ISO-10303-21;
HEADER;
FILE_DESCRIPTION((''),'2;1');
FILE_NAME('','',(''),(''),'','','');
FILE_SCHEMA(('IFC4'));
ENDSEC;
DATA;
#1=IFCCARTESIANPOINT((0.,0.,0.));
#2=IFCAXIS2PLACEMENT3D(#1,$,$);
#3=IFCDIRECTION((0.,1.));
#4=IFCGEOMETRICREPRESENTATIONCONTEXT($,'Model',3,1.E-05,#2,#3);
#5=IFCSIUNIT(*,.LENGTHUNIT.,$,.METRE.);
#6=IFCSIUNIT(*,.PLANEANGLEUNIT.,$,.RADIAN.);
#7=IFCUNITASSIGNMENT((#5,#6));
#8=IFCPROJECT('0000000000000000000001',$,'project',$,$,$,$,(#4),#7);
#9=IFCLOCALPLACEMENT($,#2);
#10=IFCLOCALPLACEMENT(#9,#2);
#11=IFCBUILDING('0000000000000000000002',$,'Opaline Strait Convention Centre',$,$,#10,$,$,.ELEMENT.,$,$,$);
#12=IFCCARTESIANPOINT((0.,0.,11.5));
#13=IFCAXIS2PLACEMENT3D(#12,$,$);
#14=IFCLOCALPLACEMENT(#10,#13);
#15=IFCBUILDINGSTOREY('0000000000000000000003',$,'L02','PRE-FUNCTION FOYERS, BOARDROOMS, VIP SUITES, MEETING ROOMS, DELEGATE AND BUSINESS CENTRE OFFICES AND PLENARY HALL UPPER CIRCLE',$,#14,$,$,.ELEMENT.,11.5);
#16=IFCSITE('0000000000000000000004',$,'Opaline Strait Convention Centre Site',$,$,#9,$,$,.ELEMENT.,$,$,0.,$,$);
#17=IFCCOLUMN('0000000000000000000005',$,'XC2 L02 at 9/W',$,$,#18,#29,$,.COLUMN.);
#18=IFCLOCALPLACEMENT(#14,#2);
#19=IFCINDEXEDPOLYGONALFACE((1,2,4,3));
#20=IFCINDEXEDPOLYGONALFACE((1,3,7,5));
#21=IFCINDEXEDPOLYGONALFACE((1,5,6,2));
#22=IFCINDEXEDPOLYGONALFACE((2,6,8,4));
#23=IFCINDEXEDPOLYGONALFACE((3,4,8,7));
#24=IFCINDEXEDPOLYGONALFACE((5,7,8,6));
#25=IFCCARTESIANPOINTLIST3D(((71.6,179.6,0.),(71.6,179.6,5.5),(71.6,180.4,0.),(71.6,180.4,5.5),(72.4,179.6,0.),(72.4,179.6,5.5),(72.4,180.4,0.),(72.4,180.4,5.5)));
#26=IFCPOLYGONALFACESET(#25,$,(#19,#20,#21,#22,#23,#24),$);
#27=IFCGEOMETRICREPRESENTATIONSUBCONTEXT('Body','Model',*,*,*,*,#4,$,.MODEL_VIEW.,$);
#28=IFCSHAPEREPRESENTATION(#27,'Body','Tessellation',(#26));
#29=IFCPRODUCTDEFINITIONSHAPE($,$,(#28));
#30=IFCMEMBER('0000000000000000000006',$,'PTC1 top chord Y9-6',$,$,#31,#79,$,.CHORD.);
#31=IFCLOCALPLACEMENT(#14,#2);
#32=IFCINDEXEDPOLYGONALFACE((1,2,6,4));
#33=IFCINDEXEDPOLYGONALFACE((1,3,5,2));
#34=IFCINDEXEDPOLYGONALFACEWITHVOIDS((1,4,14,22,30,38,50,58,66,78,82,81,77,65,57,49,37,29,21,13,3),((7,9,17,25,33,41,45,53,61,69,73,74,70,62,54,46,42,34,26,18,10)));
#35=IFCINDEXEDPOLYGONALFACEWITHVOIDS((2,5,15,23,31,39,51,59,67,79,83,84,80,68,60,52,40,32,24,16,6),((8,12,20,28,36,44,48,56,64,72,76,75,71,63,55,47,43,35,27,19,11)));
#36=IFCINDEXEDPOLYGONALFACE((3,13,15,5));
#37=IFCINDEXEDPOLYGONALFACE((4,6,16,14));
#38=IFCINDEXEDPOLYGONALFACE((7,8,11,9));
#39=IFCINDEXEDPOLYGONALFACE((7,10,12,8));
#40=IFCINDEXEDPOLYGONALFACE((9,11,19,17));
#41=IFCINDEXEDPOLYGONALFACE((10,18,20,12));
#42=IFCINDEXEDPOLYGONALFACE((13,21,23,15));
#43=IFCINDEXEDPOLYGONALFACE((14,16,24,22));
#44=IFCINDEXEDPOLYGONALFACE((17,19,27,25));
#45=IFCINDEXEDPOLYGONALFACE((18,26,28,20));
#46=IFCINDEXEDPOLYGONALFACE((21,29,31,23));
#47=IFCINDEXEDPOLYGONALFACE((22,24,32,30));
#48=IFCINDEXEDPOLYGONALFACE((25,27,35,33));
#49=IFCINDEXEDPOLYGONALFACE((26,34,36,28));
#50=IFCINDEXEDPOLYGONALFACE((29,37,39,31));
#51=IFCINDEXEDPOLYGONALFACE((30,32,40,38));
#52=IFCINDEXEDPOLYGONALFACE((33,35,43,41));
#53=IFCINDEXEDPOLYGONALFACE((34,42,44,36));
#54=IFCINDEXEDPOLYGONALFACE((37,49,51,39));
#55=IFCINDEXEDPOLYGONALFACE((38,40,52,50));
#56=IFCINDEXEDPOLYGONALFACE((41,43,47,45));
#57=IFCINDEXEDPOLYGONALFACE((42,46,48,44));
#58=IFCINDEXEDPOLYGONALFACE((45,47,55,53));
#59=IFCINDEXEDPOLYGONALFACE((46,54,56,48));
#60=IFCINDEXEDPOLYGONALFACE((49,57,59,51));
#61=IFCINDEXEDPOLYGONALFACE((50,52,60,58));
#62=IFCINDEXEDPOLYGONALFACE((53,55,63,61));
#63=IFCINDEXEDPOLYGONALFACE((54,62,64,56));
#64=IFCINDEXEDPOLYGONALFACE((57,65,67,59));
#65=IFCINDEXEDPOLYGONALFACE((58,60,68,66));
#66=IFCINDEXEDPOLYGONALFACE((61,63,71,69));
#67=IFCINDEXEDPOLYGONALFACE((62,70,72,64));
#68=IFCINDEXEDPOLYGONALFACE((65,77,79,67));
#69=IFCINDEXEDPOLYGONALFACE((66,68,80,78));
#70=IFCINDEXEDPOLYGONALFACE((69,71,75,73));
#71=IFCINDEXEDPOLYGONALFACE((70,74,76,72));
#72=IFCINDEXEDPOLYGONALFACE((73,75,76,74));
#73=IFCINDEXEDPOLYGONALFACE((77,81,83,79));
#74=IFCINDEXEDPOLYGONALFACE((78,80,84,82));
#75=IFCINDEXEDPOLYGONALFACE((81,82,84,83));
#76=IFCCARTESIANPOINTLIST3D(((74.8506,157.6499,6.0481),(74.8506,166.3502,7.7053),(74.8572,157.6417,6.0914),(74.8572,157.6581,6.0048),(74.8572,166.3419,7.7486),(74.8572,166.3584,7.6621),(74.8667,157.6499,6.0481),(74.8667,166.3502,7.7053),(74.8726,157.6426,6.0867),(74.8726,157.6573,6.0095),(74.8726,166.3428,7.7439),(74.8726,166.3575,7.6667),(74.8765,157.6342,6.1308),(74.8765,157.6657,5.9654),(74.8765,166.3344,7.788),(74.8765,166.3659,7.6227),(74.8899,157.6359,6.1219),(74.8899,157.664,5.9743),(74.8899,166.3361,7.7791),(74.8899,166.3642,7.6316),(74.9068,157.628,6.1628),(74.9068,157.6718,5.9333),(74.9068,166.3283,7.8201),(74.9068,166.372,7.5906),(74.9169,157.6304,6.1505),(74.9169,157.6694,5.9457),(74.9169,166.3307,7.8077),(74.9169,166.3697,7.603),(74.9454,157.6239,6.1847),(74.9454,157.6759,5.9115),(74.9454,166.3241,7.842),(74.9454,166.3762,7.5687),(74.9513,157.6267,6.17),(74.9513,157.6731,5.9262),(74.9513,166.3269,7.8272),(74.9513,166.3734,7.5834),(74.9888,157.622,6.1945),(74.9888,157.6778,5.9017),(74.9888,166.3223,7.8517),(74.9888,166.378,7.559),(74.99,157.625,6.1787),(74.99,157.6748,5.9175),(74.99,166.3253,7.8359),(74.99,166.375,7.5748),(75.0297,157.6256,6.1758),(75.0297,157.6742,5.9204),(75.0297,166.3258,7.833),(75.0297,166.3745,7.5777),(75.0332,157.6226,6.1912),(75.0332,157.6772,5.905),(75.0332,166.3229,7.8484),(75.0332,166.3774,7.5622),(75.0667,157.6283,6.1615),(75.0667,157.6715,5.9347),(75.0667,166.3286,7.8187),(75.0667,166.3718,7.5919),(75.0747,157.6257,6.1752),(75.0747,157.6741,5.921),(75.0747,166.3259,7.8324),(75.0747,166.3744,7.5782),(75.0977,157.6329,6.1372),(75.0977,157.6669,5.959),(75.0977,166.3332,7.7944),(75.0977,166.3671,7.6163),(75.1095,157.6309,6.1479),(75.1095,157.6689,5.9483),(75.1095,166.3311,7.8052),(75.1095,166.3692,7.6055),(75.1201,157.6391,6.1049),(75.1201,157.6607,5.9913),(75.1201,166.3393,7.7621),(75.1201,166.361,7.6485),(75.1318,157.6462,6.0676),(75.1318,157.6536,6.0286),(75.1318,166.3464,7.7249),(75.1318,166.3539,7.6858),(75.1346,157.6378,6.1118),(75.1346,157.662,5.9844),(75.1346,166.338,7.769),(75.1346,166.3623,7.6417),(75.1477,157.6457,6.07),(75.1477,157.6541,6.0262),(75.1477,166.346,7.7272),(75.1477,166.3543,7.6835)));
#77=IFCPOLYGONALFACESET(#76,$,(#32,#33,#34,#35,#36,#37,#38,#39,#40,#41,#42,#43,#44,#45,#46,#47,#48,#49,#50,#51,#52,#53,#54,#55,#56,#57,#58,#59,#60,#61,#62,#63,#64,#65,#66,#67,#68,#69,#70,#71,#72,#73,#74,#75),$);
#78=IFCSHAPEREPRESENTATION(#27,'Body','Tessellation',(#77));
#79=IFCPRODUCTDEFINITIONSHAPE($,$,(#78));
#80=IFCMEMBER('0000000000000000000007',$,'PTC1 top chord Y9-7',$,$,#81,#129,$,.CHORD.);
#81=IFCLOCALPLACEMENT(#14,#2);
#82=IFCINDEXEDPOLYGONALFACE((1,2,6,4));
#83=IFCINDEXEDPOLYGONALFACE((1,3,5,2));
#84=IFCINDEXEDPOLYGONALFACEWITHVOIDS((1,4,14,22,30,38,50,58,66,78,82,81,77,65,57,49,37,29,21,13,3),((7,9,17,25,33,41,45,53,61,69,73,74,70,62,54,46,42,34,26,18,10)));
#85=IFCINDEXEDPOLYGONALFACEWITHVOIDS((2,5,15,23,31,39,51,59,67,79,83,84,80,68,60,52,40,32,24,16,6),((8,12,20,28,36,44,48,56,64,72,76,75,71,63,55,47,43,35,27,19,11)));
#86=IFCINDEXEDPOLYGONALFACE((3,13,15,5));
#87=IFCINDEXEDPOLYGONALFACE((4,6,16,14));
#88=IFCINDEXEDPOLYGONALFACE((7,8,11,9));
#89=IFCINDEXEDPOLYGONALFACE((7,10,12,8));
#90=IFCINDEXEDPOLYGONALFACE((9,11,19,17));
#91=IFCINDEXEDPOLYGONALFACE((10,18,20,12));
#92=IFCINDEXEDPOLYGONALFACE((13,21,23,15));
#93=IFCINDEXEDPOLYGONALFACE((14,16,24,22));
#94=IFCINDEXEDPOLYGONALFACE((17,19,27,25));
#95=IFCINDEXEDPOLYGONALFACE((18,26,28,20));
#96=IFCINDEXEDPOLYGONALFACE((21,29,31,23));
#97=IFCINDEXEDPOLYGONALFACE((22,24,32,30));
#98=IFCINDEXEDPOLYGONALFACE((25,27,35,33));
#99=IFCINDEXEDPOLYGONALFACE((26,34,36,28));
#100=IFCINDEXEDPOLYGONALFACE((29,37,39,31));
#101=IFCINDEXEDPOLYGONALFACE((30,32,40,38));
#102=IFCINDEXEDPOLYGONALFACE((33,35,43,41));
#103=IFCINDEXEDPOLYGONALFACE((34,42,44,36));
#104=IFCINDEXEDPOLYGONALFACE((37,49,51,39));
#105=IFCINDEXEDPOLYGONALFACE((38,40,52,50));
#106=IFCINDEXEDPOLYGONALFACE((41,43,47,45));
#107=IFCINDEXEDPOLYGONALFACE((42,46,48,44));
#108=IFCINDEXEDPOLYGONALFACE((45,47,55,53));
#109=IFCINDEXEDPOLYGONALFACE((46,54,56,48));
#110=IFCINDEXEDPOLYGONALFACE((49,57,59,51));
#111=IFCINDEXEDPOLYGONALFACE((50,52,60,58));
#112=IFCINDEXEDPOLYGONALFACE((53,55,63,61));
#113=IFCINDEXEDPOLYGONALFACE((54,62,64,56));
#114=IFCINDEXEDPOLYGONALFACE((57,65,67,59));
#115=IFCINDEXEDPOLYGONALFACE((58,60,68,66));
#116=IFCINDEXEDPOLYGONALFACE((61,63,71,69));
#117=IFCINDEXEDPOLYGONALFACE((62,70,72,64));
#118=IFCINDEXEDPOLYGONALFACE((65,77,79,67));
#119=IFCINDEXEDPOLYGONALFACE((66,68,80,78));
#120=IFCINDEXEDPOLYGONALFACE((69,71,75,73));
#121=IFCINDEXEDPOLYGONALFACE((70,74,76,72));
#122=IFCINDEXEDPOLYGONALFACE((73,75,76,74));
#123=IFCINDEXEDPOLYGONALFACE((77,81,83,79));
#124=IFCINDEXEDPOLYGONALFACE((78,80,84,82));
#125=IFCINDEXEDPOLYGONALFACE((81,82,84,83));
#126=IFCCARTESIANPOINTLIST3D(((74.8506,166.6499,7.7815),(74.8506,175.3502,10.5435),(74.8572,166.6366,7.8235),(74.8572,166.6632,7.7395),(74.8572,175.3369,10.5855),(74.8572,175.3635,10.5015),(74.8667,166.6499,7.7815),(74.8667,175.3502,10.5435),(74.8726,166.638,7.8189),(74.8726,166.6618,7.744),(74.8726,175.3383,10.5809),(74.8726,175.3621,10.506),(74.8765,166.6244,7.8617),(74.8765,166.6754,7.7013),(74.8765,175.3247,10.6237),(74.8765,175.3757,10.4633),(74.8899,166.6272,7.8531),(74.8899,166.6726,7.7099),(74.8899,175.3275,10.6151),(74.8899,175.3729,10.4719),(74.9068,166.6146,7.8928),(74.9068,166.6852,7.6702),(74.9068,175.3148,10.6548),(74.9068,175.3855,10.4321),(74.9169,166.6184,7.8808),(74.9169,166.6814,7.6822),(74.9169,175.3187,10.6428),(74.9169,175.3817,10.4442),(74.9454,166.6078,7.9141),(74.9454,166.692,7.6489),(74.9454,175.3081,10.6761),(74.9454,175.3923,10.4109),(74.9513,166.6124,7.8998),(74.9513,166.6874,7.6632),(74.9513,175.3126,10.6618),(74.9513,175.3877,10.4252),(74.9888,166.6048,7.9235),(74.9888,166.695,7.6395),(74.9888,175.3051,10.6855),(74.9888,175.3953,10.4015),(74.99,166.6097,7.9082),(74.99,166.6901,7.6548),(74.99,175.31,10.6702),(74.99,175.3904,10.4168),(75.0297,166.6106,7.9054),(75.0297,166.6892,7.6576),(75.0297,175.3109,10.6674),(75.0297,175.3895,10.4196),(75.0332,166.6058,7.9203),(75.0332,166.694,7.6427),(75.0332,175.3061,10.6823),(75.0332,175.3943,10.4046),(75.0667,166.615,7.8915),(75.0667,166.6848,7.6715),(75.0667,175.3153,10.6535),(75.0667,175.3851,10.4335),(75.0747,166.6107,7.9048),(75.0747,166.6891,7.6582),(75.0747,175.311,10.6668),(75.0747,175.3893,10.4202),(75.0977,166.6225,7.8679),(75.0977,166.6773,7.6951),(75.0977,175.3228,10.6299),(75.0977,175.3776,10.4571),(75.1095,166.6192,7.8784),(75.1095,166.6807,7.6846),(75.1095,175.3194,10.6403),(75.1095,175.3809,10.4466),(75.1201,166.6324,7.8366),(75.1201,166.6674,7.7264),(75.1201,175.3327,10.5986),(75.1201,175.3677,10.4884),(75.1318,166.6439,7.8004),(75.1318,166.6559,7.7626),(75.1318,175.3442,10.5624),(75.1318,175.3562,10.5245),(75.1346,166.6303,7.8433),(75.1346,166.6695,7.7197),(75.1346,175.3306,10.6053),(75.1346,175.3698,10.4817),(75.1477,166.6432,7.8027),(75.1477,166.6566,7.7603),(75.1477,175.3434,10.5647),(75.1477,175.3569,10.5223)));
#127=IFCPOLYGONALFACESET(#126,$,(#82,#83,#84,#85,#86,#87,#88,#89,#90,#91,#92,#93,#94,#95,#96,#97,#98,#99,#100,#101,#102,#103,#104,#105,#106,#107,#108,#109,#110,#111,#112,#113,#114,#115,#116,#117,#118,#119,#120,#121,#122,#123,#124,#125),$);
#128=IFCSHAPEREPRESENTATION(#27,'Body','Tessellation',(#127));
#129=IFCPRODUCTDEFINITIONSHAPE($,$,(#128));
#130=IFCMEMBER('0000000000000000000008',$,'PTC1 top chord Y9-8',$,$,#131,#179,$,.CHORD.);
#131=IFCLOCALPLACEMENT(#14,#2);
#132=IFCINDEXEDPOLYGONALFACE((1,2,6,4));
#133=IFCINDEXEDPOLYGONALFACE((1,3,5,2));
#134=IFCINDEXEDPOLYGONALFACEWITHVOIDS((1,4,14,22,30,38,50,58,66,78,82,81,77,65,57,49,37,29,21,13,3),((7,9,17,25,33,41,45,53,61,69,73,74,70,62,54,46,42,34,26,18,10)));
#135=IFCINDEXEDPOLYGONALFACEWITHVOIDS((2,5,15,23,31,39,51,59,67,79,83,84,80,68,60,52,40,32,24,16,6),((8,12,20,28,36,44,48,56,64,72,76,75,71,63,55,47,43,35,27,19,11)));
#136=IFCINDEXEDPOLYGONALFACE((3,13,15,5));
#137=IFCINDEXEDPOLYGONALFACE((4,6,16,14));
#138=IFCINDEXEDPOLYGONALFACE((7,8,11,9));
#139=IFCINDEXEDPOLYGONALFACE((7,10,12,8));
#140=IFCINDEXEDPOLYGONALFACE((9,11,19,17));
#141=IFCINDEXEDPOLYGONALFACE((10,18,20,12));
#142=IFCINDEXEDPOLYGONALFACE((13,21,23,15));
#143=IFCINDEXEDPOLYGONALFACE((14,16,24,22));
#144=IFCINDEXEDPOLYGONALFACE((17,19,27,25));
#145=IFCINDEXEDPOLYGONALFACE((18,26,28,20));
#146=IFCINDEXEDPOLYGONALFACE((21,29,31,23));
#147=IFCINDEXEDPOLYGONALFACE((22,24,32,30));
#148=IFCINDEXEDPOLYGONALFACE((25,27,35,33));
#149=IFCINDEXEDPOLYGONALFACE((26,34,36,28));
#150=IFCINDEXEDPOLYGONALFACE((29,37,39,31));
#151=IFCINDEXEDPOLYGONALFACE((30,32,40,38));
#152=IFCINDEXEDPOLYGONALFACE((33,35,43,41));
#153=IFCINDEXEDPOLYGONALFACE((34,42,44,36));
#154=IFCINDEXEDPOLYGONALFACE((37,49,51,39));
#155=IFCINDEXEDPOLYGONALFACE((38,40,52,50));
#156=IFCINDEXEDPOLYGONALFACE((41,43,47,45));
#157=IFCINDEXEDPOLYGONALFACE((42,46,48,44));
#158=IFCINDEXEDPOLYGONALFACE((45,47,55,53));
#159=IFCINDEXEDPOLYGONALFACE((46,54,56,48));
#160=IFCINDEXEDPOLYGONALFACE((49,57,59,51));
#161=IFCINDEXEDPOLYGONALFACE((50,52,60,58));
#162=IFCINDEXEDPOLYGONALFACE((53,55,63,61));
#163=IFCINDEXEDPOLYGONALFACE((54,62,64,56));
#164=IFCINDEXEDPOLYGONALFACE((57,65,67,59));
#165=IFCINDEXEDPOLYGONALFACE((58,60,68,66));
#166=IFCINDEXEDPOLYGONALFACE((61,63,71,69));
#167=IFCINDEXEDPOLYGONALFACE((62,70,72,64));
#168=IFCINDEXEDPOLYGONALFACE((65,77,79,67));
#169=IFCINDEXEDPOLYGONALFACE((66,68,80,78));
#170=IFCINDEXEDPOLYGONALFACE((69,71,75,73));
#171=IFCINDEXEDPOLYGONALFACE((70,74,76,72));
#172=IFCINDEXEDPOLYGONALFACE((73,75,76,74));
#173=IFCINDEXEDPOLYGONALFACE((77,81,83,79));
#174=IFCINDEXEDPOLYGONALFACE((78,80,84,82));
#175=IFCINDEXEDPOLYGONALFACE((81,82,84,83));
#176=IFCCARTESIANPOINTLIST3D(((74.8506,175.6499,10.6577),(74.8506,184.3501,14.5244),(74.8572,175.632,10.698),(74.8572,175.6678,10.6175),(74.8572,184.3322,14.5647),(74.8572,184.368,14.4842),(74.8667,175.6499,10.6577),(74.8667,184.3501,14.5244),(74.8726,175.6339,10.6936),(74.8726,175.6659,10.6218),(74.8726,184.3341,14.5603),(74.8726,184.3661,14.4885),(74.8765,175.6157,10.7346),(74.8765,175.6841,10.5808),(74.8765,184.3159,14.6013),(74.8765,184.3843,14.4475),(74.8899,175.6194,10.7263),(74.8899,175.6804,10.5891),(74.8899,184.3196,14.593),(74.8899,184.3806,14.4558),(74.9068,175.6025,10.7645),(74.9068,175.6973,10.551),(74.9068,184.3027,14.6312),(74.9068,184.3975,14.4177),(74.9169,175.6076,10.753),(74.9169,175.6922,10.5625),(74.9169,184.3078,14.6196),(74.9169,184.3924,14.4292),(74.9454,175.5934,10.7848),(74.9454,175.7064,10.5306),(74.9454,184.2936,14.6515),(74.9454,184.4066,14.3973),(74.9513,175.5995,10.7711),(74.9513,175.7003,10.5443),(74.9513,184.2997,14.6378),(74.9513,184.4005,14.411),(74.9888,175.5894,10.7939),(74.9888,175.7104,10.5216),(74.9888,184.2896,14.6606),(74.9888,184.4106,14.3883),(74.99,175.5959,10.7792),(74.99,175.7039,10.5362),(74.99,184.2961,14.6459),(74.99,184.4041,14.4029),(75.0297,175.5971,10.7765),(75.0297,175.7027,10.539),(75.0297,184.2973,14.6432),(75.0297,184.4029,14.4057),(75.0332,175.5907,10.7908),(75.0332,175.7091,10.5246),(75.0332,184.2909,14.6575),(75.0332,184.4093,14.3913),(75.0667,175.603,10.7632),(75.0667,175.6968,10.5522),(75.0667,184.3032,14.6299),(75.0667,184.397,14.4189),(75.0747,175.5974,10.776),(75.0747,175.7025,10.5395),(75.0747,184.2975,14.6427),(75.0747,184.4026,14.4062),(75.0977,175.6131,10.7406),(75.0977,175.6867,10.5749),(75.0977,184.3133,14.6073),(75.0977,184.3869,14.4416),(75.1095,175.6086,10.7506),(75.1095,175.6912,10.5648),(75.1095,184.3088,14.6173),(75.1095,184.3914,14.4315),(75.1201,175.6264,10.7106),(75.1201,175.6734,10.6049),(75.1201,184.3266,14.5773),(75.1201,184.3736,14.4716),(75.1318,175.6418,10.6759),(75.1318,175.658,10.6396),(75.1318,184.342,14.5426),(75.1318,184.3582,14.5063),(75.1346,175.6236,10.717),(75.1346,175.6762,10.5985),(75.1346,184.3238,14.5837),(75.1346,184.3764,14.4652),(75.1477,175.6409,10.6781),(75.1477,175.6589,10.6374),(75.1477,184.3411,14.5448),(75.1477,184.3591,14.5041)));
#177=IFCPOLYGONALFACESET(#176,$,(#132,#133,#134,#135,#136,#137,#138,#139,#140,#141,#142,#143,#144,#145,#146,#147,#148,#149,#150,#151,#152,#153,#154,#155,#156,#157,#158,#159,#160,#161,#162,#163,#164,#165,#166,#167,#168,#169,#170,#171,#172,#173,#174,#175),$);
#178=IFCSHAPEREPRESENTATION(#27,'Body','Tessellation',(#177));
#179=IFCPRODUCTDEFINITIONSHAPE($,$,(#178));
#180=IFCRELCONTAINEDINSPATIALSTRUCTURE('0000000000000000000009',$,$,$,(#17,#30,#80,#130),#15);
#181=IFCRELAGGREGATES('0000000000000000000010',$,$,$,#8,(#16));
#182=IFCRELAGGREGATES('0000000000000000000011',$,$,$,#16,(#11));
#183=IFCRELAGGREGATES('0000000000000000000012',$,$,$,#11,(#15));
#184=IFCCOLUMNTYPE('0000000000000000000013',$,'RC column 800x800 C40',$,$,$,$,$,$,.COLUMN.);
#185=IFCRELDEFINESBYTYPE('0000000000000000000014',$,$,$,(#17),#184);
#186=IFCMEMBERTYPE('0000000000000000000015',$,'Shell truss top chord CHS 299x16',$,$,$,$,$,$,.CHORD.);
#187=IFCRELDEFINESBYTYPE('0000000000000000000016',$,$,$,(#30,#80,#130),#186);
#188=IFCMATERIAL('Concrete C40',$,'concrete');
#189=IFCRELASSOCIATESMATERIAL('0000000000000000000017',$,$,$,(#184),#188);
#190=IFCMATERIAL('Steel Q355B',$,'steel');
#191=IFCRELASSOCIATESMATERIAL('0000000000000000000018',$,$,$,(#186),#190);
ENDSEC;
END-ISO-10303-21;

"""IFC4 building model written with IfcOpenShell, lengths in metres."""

from ifc_helpers import new_model, si_unit, direction, frame, origin, origin_2d, place, context, subcontext, project, spatial, rectangle, hollow_circle, extrude, material, material_profile, profile_set, type_object, element, save


model = new_model("IFC4")

# Units and contexts
model_context = context("Model", 3, precision=1e-05, world=origin(), true_north=direction((0.0, 1.0)))
body_context = subcontext(model_context, "Body", "Model", "MODEL_VIEW")
ifc_project = project(units=[si_unit("LENGTHUNIT", "METRE"), si_unit("PLANEANGLEUNIT", "RADIAN")], contexts=[model_context])

# Site, building, storey
site_placement = place(None, origin())
site = spatial("IfcSite", under=ifc_project, at=site_placement, Name="Opaline Strait Convention Centre Site", CompositionType="ELEMENT", RefElevation=0.0)
building_placement = place(site_placement, origin())
building = spatial("IfcBuilding", under=site, at=building_placement, Name="Opaline Strait Convention Centre", CompositionType="ELEMENT")
storey_placement = place(building_placement, frame((0.0, 0.0, 11.5)))
storey = spatial("IfcBuildingStorey", under=building, at=storey_placement, Name="L02", Description="PRE-FUNCTION FOYERS, BOARDROOMS, VIP SUITES, MEETING ROOMS, DELEGATE AND BUSINESS CENTRE OFFICES AND PLENARY HALL UPPER CIRCLE", CompositionType="ELEMENT", Elevation=11.5)

# Column
ifc_material_1 = material(Name="Concrete C40", Category="concrete")
ifc_material_profile_1 = material_profile(ifc_material_1, rectangle(XDim=0.8, YDim=0.8, at=origin_2d()), Name="RC 800x800")
ifc_profile_set_1 = profile_set([ifc_material_profile_1], Name="Concrete C40")
column_type = type_object("IfcColumnType", Name="RC column 800x800 C40", PredefinedType="COLUMN", material=ifc_profile_set_1)
column_placement = place(storey_placement, frame((72.0, 180.0, 0.0), z_axis=(0.0, 0.0, 1.0), x_axis=(1.0, 0.0, 0.0)))
element("IfcColumn", 1, at=column_placement, inside=storey, type_object=column_type, Name="XC2 L02 at 9/W", PredefinedType="COLUMN", context=body_context, shape_type="SweptSolid", body=[
    extrude(rectangle(XDim=0.8, YDim=0.8, at=origin_2d()), origin(), (0.0, 0.0, 1.0), 5.5),
])

# Members
ifc_material_2 = material(Name="Steel Q355B", Category="steel")
ifc_material_profile_2 = material_profile(ifc_material_2, hollow_circle(Radius=0.1494, WallThickness=0.0161, at=origin_2d()), Name="CHS 299x16")
ifc_profile_set_2 = profile_set([ifc_material_profile_2], Name="Steel Q355B")
member_type_1 = type_object("IfcMemberType", Name="Shell truss top chord CHS 299x16", PredefinedType="CHORD", material=ifc_profile_set_2)
member_1_placement = place(storey_placement, frame((75.0, 157.6499, 6.0481), z_axis=(0.0, 0.982338, 0.187117), x_axis=(-1.0, 0.0, 0.0)))
element("IfcMember", 2, at=member_1_placement, inside=storey, type_object=member_type_1, Name="PTC1 top chord Y9-6", PredefinedType="CHORD", context=body_context, shape_type="SweptSolid", body=[
    extrude(hollow_circle(Radius=0.1494, WallThickness=0.0161, at=origin_2d()), origin(), (0.0, 0.0, 1.0), 8.8567),
])
member_2_placement = place(storey_placement, frame((75.0, 166.6499, 7.7815), z_axis=(0.0, 0.953124, 0.302579), x_axis=(-1.0, 0.0, 0.0)))
element("IfcMember", 3, at=member_2_placement, inside=storey, type_object=member_type_1, Name="PTC1 top chord Y9-7", PredefinedType="CHORD", context=body_context, shape_type="SweptSolid", body=[
    extrude(hollow_circle(Radius=0.1494, WallThickness=0.0161, at=origin_2d()), origin(), (0.0, 0.0, 1.0), 9.1282),
])
member_3_placement = place(storey_placement, frame((75.0, 175.6499, 10.6577), z_axis=(0.0, 0.913814, 0.406134), x_axis=(-1.0, 0.0, 0.0)))
element("IfcMember", 4, at=member_3_placement, inside=storey, type_object=member_type_1, Name="PTC1 top chord Y9-8", PredefinedType="CHORD", context=body_context, shape_type="SweptSolid", body=[
    extrude(hollow_circle(Radius=0.1494, WallThickness=0.0161, at=origin_2d()), origin(), (0.0, 0.0, 1.0), 9.5208),
])

save(model, "model.ifc")
